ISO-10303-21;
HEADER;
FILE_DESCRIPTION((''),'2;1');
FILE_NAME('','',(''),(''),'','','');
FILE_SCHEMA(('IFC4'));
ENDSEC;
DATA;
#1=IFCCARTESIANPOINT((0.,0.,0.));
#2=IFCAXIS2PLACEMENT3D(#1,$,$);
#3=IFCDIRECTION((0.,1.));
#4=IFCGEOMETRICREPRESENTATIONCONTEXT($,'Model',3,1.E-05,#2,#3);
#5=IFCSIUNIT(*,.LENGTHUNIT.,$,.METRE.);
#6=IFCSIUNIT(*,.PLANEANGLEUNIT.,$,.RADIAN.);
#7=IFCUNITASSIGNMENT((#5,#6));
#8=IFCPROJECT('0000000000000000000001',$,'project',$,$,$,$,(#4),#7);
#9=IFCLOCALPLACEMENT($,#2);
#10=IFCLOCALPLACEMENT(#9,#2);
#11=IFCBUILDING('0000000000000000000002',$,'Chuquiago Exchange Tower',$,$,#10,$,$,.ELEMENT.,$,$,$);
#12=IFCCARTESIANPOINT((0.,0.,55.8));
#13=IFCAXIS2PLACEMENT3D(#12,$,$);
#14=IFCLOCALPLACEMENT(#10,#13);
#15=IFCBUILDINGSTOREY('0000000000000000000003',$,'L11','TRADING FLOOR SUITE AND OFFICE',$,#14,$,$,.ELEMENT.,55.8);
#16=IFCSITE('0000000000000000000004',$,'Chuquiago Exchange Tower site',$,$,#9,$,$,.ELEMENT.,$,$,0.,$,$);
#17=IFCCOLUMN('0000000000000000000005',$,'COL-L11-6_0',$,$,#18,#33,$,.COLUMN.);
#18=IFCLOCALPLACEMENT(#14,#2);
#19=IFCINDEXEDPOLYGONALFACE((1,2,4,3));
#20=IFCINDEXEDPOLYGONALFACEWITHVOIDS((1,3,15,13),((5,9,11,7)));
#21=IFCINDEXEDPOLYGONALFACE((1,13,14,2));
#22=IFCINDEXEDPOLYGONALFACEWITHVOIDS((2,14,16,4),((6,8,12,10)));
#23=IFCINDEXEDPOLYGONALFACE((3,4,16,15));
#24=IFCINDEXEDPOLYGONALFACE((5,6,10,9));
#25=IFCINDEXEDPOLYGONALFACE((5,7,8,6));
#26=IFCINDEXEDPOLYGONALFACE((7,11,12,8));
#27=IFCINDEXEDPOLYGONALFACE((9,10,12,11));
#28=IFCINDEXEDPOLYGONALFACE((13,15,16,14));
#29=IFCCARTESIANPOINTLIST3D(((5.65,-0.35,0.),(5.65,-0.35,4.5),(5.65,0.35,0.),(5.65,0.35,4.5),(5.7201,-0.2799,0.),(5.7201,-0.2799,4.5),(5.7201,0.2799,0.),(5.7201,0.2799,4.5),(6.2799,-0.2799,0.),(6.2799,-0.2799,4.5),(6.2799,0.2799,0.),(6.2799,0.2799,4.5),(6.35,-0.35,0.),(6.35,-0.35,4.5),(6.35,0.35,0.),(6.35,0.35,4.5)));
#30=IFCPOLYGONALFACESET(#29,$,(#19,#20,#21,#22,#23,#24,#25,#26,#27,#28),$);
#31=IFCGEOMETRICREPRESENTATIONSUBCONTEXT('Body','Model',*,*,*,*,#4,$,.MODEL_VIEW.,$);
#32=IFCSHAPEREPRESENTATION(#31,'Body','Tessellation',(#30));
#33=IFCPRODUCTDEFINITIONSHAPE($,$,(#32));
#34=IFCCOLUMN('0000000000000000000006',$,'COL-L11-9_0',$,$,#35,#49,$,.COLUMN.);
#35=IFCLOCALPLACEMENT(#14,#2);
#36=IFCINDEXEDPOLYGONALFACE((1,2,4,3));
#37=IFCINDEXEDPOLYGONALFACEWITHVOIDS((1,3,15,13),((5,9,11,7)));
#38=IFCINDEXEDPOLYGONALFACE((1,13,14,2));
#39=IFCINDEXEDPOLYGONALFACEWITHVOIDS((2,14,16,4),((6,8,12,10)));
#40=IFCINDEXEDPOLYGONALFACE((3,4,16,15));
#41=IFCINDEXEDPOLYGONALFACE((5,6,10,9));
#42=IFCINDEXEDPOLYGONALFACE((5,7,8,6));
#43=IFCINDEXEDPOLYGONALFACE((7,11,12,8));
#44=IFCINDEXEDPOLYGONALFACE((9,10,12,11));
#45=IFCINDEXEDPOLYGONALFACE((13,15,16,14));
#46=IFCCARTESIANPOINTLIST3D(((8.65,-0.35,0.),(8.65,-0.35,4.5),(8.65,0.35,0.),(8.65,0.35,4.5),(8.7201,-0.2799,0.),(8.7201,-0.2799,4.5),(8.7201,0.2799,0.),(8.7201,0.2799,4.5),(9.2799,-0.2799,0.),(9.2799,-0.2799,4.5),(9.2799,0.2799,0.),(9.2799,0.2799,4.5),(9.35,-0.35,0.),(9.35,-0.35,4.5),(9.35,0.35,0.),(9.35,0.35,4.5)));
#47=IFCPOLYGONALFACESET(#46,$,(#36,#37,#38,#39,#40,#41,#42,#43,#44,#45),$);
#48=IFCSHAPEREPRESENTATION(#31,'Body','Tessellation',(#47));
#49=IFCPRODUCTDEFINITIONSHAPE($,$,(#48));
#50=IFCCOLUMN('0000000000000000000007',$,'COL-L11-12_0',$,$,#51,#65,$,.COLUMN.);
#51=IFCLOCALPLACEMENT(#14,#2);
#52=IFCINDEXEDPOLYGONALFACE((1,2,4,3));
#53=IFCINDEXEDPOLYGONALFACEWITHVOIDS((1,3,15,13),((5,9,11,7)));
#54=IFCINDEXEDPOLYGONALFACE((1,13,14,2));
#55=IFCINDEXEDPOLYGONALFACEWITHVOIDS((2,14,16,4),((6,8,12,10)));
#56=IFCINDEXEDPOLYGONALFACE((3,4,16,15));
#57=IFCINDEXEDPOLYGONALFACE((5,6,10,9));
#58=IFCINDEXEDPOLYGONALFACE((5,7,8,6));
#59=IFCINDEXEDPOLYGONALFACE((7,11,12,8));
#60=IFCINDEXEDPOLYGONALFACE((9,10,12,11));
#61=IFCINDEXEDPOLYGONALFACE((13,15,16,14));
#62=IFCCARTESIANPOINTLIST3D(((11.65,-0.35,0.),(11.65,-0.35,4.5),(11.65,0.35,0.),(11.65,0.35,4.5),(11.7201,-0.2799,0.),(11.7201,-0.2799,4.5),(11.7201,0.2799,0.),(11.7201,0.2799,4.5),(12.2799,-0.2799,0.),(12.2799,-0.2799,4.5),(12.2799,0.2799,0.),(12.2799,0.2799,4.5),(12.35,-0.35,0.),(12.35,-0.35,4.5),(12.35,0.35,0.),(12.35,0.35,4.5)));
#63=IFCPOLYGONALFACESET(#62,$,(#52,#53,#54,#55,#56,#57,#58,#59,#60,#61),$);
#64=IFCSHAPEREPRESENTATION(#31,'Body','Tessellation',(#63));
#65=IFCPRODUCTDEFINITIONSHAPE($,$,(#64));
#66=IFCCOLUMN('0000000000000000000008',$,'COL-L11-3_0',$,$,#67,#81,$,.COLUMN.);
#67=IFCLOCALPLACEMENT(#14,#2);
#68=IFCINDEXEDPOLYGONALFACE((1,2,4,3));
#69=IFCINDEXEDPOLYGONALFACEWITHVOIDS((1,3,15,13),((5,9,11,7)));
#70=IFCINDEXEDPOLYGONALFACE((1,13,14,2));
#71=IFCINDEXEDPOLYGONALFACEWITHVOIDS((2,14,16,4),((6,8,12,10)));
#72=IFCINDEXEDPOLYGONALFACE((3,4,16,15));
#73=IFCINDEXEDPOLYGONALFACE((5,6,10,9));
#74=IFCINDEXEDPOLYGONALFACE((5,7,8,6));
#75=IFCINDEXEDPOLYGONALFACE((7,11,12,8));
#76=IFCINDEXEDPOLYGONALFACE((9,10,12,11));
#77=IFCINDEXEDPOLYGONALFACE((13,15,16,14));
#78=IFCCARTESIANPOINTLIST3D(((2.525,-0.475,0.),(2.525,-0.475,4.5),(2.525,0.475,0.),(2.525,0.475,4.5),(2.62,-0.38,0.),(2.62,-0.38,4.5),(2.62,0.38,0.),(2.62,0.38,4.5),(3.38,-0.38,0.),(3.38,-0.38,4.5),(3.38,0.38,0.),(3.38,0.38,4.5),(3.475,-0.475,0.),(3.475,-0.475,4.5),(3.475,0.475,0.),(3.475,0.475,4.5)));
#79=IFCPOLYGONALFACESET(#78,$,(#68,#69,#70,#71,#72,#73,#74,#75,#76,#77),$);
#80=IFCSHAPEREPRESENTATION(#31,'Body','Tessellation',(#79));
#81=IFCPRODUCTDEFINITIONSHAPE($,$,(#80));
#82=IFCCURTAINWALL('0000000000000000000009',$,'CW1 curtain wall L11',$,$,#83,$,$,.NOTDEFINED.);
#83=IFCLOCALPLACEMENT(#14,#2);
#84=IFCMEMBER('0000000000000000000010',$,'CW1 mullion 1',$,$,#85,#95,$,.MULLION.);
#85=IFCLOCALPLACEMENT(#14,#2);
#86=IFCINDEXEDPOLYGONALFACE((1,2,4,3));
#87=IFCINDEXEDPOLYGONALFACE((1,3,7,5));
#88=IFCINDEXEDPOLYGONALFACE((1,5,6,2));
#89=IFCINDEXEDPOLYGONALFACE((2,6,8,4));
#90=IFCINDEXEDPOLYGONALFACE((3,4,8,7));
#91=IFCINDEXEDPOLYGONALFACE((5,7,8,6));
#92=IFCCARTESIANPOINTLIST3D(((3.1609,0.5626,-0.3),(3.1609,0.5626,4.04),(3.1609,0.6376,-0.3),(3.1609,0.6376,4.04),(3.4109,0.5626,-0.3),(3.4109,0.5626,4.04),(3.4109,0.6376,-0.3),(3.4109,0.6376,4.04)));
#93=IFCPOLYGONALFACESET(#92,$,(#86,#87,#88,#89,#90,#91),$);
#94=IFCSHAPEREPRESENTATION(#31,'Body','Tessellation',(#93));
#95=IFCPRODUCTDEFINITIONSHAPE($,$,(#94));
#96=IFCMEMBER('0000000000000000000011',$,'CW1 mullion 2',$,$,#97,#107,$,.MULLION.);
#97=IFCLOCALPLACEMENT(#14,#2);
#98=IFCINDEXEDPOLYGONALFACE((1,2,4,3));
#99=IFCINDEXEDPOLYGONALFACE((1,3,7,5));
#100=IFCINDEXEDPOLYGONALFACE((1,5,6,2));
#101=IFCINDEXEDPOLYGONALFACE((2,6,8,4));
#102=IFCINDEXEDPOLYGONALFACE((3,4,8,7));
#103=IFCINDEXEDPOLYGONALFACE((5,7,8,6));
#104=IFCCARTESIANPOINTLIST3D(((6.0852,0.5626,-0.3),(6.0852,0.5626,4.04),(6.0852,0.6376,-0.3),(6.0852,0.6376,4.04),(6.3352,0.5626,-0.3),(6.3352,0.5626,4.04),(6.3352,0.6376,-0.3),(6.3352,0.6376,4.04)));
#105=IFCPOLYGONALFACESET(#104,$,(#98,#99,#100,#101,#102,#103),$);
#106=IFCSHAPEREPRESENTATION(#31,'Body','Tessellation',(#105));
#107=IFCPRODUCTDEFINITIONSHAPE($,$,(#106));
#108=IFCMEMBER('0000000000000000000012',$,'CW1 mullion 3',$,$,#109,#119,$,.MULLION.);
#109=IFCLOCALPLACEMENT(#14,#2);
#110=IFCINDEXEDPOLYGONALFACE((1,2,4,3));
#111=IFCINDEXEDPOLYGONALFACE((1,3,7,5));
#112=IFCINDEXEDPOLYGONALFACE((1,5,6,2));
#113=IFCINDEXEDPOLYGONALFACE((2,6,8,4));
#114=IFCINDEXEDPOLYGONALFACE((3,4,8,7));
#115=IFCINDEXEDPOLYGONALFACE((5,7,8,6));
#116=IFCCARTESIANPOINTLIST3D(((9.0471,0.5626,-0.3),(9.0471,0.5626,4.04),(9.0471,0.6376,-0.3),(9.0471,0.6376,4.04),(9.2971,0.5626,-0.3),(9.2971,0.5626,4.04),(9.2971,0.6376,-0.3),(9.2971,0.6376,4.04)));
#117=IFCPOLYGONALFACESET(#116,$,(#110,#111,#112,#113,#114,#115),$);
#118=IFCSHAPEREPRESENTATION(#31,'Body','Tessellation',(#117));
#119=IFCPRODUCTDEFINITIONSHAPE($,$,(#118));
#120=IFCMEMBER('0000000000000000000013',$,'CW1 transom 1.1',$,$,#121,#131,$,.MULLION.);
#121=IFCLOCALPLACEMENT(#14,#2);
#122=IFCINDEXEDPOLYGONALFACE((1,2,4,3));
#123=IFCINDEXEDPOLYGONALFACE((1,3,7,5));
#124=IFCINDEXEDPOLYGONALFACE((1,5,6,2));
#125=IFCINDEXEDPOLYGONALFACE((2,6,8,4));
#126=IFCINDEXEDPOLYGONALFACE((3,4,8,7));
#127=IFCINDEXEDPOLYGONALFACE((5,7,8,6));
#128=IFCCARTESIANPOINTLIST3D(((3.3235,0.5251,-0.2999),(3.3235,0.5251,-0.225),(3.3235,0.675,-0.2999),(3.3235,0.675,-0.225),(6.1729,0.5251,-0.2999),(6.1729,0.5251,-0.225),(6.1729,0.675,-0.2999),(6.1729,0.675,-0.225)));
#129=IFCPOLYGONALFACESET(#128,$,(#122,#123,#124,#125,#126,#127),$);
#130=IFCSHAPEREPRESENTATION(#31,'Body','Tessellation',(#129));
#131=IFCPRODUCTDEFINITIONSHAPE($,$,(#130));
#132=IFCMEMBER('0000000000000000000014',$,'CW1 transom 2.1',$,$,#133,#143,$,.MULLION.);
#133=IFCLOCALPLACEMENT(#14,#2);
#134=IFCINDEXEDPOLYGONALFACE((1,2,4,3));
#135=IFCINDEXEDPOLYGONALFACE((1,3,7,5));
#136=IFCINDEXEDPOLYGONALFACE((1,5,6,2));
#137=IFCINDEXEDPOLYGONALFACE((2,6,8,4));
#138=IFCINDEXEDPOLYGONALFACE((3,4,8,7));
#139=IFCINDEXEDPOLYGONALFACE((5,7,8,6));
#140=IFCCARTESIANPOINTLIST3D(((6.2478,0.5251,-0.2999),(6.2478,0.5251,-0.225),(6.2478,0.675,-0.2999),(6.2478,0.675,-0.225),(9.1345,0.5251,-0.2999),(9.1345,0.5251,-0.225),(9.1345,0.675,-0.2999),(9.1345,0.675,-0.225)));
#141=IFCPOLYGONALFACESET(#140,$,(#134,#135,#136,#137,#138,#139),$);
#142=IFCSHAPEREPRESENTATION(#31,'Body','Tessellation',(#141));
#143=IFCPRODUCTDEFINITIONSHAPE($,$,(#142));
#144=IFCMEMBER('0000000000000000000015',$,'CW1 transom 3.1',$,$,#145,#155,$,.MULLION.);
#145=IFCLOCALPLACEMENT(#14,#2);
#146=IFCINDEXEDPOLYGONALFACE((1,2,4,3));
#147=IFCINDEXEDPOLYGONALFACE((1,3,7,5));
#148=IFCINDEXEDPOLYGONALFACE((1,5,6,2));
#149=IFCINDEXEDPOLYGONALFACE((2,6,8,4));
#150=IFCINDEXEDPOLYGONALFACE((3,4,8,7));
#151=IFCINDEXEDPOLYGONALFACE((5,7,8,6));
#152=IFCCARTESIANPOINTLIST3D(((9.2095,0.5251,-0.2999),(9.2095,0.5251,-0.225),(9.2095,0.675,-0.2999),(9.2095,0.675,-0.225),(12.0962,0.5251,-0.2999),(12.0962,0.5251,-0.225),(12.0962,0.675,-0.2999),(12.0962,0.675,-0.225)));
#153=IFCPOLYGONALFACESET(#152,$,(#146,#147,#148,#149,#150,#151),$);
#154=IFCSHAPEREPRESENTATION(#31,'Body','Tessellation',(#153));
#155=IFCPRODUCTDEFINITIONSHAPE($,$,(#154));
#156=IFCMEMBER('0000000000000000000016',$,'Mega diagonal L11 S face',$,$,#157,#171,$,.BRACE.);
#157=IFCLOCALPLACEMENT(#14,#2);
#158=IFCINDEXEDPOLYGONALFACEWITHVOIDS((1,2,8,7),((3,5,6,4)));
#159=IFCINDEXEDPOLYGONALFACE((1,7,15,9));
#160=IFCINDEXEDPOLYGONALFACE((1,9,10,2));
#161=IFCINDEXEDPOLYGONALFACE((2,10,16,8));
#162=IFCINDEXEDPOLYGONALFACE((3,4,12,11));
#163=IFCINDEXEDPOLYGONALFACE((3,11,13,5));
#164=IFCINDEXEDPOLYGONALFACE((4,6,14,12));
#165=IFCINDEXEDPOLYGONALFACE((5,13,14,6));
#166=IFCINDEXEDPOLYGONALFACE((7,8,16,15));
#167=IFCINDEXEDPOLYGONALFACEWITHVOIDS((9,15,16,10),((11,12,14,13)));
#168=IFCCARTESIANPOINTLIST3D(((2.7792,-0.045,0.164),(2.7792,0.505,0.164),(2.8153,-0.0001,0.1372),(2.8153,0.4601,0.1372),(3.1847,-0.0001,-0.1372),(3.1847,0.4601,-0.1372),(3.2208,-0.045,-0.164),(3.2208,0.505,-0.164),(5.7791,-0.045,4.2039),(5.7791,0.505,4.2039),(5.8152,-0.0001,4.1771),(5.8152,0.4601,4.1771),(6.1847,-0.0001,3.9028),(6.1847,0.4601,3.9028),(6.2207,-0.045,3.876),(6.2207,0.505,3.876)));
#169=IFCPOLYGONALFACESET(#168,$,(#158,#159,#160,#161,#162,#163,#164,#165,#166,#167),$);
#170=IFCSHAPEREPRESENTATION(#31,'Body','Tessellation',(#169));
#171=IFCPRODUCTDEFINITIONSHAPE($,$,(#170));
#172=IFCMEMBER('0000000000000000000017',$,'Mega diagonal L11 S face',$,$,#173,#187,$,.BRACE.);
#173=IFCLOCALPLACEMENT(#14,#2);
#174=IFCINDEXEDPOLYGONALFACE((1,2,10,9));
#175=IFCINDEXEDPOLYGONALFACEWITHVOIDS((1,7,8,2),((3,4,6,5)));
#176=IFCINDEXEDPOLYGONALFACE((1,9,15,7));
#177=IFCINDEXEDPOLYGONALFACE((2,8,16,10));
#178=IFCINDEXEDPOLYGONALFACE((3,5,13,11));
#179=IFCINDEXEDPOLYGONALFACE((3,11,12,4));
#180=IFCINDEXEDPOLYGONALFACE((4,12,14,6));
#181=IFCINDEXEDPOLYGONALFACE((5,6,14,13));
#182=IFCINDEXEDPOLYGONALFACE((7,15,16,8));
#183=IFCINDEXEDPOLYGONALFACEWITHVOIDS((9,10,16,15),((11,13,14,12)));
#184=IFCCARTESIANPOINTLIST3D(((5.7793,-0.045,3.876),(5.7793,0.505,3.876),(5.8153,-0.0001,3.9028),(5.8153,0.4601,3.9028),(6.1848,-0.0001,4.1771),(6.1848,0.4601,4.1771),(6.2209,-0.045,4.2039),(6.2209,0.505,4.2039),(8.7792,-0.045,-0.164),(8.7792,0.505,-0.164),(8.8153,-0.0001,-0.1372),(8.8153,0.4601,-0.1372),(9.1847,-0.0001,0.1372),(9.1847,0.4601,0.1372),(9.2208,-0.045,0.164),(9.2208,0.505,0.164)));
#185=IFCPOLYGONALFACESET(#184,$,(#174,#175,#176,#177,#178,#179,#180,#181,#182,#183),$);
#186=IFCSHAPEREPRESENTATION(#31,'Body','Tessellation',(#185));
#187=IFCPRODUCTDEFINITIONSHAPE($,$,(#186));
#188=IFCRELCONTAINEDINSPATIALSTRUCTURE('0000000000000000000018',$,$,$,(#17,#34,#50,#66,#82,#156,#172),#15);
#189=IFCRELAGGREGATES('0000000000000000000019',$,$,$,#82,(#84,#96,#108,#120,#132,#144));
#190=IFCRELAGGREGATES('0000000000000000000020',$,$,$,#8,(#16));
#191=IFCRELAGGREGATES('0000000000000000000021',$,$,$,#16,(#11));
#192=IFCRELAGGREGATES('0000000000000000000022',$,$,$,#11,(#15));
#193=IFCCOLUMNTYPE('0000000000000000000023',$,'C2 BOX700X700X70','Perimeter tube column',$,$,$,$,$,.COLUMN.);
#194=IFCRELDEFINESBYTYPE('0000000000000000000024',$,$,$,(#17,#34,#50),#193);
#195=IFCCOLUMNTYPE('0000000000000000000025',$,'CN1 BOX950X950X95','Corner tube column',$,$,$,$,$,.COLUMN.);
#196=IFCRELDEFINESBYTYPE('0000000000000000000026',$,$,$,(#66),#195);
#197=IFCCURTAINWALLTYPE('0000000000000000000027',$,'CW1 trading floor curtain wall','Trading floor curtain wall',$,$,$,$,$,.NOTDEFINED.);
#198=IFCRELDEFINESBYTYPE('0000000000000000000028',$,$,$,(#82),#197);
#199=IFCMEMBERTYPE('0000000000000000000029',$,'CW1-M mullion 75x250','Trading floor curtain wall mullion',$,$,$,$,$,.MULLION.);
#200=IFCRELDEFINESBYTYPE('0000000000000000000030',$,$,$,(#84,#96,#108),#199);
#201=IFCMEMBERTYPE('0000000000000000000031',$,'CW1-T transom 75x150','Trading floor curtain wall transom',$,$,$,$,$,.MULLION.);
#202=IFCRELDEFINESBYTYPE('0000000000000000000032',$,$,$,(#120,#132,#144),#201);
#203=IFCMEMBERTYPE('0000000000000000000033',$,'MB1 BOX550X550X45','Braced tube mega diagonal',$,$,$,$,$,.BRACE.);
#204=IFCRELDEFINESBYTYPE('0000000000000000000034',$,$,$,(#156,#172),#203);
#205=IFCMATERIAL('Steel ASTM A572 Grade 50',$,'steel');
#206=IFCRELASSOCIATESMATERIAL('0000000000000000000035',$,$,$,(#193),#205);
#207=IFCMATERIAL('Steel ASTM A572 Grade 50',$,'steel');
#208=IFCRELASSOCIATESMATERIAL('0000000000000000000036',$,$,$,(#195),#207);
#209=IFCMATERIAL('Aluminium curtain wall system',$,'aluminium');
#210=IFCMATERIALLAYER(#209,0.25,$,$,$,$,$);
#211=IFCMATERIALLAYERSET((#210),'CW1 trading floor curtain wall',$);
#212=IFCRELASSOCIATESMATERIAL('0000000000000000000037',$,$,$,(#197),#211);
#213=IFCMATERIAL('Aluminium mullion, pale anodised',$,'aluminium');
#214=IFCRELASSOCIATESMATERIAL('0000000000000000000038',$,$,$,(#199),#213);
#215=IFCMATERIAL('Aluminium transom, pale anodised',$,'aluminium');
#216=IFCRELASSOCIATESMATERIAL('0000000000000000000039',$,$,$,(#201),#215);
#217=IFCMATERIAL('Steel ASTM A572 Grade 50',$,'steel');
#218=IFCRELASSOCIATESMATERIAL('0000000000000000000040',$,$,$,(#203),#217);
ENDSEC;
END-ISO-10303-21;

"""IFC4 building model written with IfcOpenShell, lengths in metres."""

from ifc_helpers import new_model, si_unit, direction, frame, origin, origin_2d, place, context, subcontext, project, spatial, rectangle, hollow_rectangle, extrude, material, layer, layer_set, material_profile, profile_set, type_object, element, aggregate, save


model = new_model("IFC4")

# Units and contexts
model_context = context("Model", 3, precision=1e-05, world=origin(), true_north=direction((0.0, 1.0)))
body_context = subcontext(model_context, "Body", "Model", "MODEL_VIEW")
ifc_project = project(units=[si_unit("LENGTHUNIT", "METRE"), si_unit("PLANEANGLEUNIT", "RADIAN")], contexts=[model_context])

# Site, building, storey
site_placement = place(None, origin())
site = spatial("IfcSite", under=ifc_project, at=site_placement, Name="Chuquiago Exchange Tower site", CompositionType="ELEMENT", RefElevation=0.0)
building_placement = place(site_placement, origin())
building = spatial("IfcBuilding", under=site, at=building_placement, Name="Chuquiago Exchange Tower", CompositionType="ELEMENT")
storey_placement = place(building_placement, frame((0.0, 0.0, 55.8)))
storey = spatial("IfcBuildingStorey", under=building, at=storey_placement, Name="L11", Description="TRADING FLOOR SUITE AND OFFICE", CompositionType="ELEMENT", Elevation=55.8)

# Columns
ifc_material_1 = material(Name="Steel ASTM A572 Grade 50", Category="steel")
ifc_material_profile_1 = material_profile(ifc_material_1, hollow_rectangle(XDim=0.7, YDim=0.7, WallThickness=0.0701, at=origin_2d()), Name="BOX700X700X70")
ifc_profile_set_1 = profile_set([ifc_material_profile_1], Name="Steel ASTM A572 Grade 50")
column_type_1 = type_object("IfcColumnType", Name="C2 BOX700X700X70", Description="Perimeter tube column", PredefinedType="COLUMN", material=ifc_profile_set_1)
for number, where, z_axis, x_axis, name in (
    (1, (6.0, 0.0, 0.0), (0.0, 0.0, 1.0), (0.0, -1.0, 0.0), "COL-L11-6_0"),
    (2, (9.0, 0.0, 0.0), (0.0, 0.0, 1.0), (0.0, -1.0, 0.0), "COL-L11-9_0"),
    (3, (12.0, 0.0, 0.0), (0.0, 0.0, 1.0), (0.0, -1.0, 0.0), "COL-L11-12_0"),
):
    element("IfcColumn", number, at=place(storey_placement, frame(where, z_axis=z_axis, x_axis=x_axis)), inside=storey, type_object=column_type_1, Name=name, PredefinedType="COLUMN", context=body_context, shape_type="SweptSolid", body=[
        extrude(hollow_rectangle(XDim=0.7, YDim=0.7, WallThickness=0.0701, at=origin_2d()), origin(), (0.0, 0.0, 1.0), 4.5),
    ])
ifc_material_2 = material(Name="Steel ASTM A572 Grade 50", Category="steel")
ifc_material_profile_2 = material_profile(ifc_material_2, hollow_rectangle(XDim=0.95, YDim=0.95, WallThickness=0.095, at=origin_2d()), Name="BOX950X950X95")
ifc_profile_set_2 = profile_set([ifc_material_profile_2], Name="Steel ASTM A572 Grade 50")
column_type_2 = type_object("IfcColumnType", Name="CN1 BOX950X950X95", Description="Corner tube column", PredefinedType="COLUMN", material=ifc_profile_set_2)
column_placement = place(storey_placement, frame((3.0, 0.0, 0.0), z_axis=(0.0, 0.0, 1.0), x_axis=(0.0, -1.0, 0.0)))
element("IfcColumn", 4, at=column_placement, inside=storey, type_object=column_type_2, Name="COL-L11-3_0", PredefinedType="COLUMN", context=body_context, shape_type="SweptSolid", body=[
    extrude(hollow_rectangle(XDim=0.95, YDim=0.95, WallThickness=0.095, at=origin_2d()), origin(), (0.0, 0.0, 1.0), 4.5),
])

# Curtain wall, members
ifc_material_3 = material(Name="Aluminium curtain wall system", Category="aluminium")
ifc_layer_1 = layer(ifc_material_3, 0.25)
ifc_layer_set_1 = layer_set([ifc_layer_1], Name="CW1 trading floor curtain wall")
curtain_wall_type = type_object("IfcCurtainWallType", Name="CW1 trading floor curtain wall", Description="Trading floor curtain wall", PredefinedType="NOTDEFINED", material=ifc_layer_set_1)
curtain_wall_placement = place(storey_placement, origin())
curtain_wall = element("IfcCurtainWall", 5, at=curtain_wall_placement, inside=storey, type_object=curtain_wall_type, Name="CW1 curtain wall L11", PredefinedType="NOTDEFINED")
ifc_material_4 = material(Name="Aluminium mullion, pale anodised", Category="aluminium")
ifc_material_profile_3 = material_profile(ifc_material_4, rectangle(XDim=0.075, YDim=0.25, at=origin_2d()), Name="AL 75x250")
ifc_profile_set_3 = profile_set([ifc_material_profile_3], Name="Aluminium mullion, pale anodised")
member_type_1 = type_object("IfcMemberType", Name="CW1-M mullion 75x250", Description="Trading floor curtain wall mullion", PredefinedType="MULLION", material=ifc_profile_set_3)
member_1_placement = place(storey_placement, frame((3.2859, 0.6001, -0.3), z_axis=(0.0, 0.0, 1.0), x_axis=(0.0, 1.0, 0.0)))
member_1 = element("IfcMember", 6, at=member_1_placement, type_object=member_type_1, Name="CW1 mullion 1", PredefinedType="MULLION", context=body_context, shape_type="SweptSolid", body=[
    extrude(rectangle(XDim=0.075, YDim=0.25, at=origin_2d()), origin(), (0.0, 0.0, 1.0), 4.3401),
])
member_2_placement = place(storey_placement, frame((6.2102, 0.6001, -0.3), z_axis=(0.0, 0.0, 1.0), x_axis=(0.0, 1.0, 0.0)))
member_2 = element("IfcMember", 7, at=member_2_placement, type_object=member_type_1, Name="CW1 mullion 2", PredefinedType="MULLION", context=body_context, shape_type="SweptSolid", body=[
    extrude(rectangle(XDim=0.075, YDim=0.25, at=origin_2d()), origin(), (0.0, 0.0, 1.0), 4.3401),
])
member_3_placement = place(storey_placement, frame((9.1721, 0.6001, -0.3), z_axis=(0.0, 0.0, 1.0), x_axis=(0.0, 1.0, 0.0)))
member_3 = element("IfcMember", 8, at=member_3_placement, type_object=member_type_1, Name="CW1 mullion 3", PredefinedType="MULLION", context=body_context, shape_type="SweptSolid", body=[
    extrude(rectangle(XDim=0.075, YDim=0.25, at=origin_2d()), origin(), (0.0, 0.0, 1.0), 4.3401),
])
ifc_material_5 = material(Name="Aluminium transom, pale anodised", Category="aluminium")
ifc_material_profile_4 = material_profile(ifc_material_5, rectangle(XDim=0.1499, YDim=0.075, at=origin_2d()), Name="AL 150x75")
ifc_profile_set_4 = profile_set([ifc_material_profile_4], Name="Aluminium transom, pale anodised")
member_type_2 = type_object("IfcMemberType", Name="CW1-T transom 75x150", Description="Trading floor curtain wall transom", PredefinedType="MULLION", material=ifc_profile_set_4)
member_4_placement = place(storey_placement, frame((3.3235, 0.6001, -0.2625), z_axis=(1.0, 0.0, 0.0), x_axis=(0.0, 1.0, 0.0)))
member_4 = element("IfcMember", 9, at=member_4_placement, type_object=member_type_2, Name="CW1 transom 1.1", PredefinedType="MULLION", context=body_context, shape_type="SweptSolid", body=[
    extrude(rectangle(XDim=0.1499, YDim=0.075, at=origin_2d()), origin(), (0.0, 0.0, 1.0), 2.8494),
])
member_5_placement = place(storey_placement, frame((6.2478, 0.6001, -0.2625), z_axis=(1.0, 0.0, 0.0), x_axis=(0.0, 1.0, 0.0)))
member_5 = element("IfcMember", 10, at=member_5_placement, type_object=member_type_2, Name="CW1 transom 2.1", PredefinedType="MULLION", context=body_context, shape_type="SweptSolid", body=[
    extrude(rectangle(XDim=0.1499, YDim=0.075, at=origin_2d()), origin(), (0.0, 0.0, 1.0), 2.8867),
])
member_6_placement = place(storey_placement, frame((9.2095, 0.6001, -0.2625), z_axis=(1.0, 0.0, 0.0), x_axis=(0.0, 1.0, 0.0)))
member_6 = element("IfcMember", 11, at=member_6_placement, type_object=member_type_2, Name="CW1 transom 3.1", PredefinedType="MULLION", context=body_context, shape_type="SweptSolid", body=[
    extrude(rectangle(XDim=0.1499, YDim=0.075, at=origin_2d()), origin(), (0.0, 0.0, 1.0), 2.8867),
])

# Members
ifc_material_6 = material(Name="Steel ASTM A572 Grade 50", Category="steel")
ifc_material_profile_5 = material_profile(ifc_material_6, hollow_rectangle(XDim=0.55, YDim=0.55, WallThickness=0.0449, at=origin_2d()), Name="BOX550X550X45")
ifc_profile_set_5 = profile_set([ifc_material_profile_5], Name="Steel ASTM A572 Grade 50")
member_type_3 = type_object("IfcMemberType", Name="MB1 BOX550X550X45", Description="Braced tube mega diagonal", PredefinedType="BRACE", material=ifc_profile_set_5)
for number, where, z_axis, x_axis, name in (
    (12, (3.0, 0.23, 0.0), (0.596174, 0.0, 0.802855), (0.0, 1.0, 0.0), "Mega diagonal L11 S face"),
    (13, (9.0, 0.23, 0.0), (-0.596174, 0.0, 0.802855), (0.0, -1.0, 0.0), "Mega diagonal L11 S face"),
):
    element("IfcMember", number, at=place(storey_placement, frame(where, z_axis=z_axis, x_axis=x_axis)), inside=storey, type_object=member_type_3, Name=name, PredefinedType="BRACE", context=body_context, shape_type="SweptSolid", body=[
        extrude(hollow_rectangle(XDim=0.55, YDim=0.55, WallThickness=0.0449, at=origin_2d()), origin(), (0.0, 0.0, 1.0), 5.032),
    ])

aggregate(curtain_wall, [member_1, member_2, member_3, member_4, member_5, member_6])

save(model, "model.ifc")
